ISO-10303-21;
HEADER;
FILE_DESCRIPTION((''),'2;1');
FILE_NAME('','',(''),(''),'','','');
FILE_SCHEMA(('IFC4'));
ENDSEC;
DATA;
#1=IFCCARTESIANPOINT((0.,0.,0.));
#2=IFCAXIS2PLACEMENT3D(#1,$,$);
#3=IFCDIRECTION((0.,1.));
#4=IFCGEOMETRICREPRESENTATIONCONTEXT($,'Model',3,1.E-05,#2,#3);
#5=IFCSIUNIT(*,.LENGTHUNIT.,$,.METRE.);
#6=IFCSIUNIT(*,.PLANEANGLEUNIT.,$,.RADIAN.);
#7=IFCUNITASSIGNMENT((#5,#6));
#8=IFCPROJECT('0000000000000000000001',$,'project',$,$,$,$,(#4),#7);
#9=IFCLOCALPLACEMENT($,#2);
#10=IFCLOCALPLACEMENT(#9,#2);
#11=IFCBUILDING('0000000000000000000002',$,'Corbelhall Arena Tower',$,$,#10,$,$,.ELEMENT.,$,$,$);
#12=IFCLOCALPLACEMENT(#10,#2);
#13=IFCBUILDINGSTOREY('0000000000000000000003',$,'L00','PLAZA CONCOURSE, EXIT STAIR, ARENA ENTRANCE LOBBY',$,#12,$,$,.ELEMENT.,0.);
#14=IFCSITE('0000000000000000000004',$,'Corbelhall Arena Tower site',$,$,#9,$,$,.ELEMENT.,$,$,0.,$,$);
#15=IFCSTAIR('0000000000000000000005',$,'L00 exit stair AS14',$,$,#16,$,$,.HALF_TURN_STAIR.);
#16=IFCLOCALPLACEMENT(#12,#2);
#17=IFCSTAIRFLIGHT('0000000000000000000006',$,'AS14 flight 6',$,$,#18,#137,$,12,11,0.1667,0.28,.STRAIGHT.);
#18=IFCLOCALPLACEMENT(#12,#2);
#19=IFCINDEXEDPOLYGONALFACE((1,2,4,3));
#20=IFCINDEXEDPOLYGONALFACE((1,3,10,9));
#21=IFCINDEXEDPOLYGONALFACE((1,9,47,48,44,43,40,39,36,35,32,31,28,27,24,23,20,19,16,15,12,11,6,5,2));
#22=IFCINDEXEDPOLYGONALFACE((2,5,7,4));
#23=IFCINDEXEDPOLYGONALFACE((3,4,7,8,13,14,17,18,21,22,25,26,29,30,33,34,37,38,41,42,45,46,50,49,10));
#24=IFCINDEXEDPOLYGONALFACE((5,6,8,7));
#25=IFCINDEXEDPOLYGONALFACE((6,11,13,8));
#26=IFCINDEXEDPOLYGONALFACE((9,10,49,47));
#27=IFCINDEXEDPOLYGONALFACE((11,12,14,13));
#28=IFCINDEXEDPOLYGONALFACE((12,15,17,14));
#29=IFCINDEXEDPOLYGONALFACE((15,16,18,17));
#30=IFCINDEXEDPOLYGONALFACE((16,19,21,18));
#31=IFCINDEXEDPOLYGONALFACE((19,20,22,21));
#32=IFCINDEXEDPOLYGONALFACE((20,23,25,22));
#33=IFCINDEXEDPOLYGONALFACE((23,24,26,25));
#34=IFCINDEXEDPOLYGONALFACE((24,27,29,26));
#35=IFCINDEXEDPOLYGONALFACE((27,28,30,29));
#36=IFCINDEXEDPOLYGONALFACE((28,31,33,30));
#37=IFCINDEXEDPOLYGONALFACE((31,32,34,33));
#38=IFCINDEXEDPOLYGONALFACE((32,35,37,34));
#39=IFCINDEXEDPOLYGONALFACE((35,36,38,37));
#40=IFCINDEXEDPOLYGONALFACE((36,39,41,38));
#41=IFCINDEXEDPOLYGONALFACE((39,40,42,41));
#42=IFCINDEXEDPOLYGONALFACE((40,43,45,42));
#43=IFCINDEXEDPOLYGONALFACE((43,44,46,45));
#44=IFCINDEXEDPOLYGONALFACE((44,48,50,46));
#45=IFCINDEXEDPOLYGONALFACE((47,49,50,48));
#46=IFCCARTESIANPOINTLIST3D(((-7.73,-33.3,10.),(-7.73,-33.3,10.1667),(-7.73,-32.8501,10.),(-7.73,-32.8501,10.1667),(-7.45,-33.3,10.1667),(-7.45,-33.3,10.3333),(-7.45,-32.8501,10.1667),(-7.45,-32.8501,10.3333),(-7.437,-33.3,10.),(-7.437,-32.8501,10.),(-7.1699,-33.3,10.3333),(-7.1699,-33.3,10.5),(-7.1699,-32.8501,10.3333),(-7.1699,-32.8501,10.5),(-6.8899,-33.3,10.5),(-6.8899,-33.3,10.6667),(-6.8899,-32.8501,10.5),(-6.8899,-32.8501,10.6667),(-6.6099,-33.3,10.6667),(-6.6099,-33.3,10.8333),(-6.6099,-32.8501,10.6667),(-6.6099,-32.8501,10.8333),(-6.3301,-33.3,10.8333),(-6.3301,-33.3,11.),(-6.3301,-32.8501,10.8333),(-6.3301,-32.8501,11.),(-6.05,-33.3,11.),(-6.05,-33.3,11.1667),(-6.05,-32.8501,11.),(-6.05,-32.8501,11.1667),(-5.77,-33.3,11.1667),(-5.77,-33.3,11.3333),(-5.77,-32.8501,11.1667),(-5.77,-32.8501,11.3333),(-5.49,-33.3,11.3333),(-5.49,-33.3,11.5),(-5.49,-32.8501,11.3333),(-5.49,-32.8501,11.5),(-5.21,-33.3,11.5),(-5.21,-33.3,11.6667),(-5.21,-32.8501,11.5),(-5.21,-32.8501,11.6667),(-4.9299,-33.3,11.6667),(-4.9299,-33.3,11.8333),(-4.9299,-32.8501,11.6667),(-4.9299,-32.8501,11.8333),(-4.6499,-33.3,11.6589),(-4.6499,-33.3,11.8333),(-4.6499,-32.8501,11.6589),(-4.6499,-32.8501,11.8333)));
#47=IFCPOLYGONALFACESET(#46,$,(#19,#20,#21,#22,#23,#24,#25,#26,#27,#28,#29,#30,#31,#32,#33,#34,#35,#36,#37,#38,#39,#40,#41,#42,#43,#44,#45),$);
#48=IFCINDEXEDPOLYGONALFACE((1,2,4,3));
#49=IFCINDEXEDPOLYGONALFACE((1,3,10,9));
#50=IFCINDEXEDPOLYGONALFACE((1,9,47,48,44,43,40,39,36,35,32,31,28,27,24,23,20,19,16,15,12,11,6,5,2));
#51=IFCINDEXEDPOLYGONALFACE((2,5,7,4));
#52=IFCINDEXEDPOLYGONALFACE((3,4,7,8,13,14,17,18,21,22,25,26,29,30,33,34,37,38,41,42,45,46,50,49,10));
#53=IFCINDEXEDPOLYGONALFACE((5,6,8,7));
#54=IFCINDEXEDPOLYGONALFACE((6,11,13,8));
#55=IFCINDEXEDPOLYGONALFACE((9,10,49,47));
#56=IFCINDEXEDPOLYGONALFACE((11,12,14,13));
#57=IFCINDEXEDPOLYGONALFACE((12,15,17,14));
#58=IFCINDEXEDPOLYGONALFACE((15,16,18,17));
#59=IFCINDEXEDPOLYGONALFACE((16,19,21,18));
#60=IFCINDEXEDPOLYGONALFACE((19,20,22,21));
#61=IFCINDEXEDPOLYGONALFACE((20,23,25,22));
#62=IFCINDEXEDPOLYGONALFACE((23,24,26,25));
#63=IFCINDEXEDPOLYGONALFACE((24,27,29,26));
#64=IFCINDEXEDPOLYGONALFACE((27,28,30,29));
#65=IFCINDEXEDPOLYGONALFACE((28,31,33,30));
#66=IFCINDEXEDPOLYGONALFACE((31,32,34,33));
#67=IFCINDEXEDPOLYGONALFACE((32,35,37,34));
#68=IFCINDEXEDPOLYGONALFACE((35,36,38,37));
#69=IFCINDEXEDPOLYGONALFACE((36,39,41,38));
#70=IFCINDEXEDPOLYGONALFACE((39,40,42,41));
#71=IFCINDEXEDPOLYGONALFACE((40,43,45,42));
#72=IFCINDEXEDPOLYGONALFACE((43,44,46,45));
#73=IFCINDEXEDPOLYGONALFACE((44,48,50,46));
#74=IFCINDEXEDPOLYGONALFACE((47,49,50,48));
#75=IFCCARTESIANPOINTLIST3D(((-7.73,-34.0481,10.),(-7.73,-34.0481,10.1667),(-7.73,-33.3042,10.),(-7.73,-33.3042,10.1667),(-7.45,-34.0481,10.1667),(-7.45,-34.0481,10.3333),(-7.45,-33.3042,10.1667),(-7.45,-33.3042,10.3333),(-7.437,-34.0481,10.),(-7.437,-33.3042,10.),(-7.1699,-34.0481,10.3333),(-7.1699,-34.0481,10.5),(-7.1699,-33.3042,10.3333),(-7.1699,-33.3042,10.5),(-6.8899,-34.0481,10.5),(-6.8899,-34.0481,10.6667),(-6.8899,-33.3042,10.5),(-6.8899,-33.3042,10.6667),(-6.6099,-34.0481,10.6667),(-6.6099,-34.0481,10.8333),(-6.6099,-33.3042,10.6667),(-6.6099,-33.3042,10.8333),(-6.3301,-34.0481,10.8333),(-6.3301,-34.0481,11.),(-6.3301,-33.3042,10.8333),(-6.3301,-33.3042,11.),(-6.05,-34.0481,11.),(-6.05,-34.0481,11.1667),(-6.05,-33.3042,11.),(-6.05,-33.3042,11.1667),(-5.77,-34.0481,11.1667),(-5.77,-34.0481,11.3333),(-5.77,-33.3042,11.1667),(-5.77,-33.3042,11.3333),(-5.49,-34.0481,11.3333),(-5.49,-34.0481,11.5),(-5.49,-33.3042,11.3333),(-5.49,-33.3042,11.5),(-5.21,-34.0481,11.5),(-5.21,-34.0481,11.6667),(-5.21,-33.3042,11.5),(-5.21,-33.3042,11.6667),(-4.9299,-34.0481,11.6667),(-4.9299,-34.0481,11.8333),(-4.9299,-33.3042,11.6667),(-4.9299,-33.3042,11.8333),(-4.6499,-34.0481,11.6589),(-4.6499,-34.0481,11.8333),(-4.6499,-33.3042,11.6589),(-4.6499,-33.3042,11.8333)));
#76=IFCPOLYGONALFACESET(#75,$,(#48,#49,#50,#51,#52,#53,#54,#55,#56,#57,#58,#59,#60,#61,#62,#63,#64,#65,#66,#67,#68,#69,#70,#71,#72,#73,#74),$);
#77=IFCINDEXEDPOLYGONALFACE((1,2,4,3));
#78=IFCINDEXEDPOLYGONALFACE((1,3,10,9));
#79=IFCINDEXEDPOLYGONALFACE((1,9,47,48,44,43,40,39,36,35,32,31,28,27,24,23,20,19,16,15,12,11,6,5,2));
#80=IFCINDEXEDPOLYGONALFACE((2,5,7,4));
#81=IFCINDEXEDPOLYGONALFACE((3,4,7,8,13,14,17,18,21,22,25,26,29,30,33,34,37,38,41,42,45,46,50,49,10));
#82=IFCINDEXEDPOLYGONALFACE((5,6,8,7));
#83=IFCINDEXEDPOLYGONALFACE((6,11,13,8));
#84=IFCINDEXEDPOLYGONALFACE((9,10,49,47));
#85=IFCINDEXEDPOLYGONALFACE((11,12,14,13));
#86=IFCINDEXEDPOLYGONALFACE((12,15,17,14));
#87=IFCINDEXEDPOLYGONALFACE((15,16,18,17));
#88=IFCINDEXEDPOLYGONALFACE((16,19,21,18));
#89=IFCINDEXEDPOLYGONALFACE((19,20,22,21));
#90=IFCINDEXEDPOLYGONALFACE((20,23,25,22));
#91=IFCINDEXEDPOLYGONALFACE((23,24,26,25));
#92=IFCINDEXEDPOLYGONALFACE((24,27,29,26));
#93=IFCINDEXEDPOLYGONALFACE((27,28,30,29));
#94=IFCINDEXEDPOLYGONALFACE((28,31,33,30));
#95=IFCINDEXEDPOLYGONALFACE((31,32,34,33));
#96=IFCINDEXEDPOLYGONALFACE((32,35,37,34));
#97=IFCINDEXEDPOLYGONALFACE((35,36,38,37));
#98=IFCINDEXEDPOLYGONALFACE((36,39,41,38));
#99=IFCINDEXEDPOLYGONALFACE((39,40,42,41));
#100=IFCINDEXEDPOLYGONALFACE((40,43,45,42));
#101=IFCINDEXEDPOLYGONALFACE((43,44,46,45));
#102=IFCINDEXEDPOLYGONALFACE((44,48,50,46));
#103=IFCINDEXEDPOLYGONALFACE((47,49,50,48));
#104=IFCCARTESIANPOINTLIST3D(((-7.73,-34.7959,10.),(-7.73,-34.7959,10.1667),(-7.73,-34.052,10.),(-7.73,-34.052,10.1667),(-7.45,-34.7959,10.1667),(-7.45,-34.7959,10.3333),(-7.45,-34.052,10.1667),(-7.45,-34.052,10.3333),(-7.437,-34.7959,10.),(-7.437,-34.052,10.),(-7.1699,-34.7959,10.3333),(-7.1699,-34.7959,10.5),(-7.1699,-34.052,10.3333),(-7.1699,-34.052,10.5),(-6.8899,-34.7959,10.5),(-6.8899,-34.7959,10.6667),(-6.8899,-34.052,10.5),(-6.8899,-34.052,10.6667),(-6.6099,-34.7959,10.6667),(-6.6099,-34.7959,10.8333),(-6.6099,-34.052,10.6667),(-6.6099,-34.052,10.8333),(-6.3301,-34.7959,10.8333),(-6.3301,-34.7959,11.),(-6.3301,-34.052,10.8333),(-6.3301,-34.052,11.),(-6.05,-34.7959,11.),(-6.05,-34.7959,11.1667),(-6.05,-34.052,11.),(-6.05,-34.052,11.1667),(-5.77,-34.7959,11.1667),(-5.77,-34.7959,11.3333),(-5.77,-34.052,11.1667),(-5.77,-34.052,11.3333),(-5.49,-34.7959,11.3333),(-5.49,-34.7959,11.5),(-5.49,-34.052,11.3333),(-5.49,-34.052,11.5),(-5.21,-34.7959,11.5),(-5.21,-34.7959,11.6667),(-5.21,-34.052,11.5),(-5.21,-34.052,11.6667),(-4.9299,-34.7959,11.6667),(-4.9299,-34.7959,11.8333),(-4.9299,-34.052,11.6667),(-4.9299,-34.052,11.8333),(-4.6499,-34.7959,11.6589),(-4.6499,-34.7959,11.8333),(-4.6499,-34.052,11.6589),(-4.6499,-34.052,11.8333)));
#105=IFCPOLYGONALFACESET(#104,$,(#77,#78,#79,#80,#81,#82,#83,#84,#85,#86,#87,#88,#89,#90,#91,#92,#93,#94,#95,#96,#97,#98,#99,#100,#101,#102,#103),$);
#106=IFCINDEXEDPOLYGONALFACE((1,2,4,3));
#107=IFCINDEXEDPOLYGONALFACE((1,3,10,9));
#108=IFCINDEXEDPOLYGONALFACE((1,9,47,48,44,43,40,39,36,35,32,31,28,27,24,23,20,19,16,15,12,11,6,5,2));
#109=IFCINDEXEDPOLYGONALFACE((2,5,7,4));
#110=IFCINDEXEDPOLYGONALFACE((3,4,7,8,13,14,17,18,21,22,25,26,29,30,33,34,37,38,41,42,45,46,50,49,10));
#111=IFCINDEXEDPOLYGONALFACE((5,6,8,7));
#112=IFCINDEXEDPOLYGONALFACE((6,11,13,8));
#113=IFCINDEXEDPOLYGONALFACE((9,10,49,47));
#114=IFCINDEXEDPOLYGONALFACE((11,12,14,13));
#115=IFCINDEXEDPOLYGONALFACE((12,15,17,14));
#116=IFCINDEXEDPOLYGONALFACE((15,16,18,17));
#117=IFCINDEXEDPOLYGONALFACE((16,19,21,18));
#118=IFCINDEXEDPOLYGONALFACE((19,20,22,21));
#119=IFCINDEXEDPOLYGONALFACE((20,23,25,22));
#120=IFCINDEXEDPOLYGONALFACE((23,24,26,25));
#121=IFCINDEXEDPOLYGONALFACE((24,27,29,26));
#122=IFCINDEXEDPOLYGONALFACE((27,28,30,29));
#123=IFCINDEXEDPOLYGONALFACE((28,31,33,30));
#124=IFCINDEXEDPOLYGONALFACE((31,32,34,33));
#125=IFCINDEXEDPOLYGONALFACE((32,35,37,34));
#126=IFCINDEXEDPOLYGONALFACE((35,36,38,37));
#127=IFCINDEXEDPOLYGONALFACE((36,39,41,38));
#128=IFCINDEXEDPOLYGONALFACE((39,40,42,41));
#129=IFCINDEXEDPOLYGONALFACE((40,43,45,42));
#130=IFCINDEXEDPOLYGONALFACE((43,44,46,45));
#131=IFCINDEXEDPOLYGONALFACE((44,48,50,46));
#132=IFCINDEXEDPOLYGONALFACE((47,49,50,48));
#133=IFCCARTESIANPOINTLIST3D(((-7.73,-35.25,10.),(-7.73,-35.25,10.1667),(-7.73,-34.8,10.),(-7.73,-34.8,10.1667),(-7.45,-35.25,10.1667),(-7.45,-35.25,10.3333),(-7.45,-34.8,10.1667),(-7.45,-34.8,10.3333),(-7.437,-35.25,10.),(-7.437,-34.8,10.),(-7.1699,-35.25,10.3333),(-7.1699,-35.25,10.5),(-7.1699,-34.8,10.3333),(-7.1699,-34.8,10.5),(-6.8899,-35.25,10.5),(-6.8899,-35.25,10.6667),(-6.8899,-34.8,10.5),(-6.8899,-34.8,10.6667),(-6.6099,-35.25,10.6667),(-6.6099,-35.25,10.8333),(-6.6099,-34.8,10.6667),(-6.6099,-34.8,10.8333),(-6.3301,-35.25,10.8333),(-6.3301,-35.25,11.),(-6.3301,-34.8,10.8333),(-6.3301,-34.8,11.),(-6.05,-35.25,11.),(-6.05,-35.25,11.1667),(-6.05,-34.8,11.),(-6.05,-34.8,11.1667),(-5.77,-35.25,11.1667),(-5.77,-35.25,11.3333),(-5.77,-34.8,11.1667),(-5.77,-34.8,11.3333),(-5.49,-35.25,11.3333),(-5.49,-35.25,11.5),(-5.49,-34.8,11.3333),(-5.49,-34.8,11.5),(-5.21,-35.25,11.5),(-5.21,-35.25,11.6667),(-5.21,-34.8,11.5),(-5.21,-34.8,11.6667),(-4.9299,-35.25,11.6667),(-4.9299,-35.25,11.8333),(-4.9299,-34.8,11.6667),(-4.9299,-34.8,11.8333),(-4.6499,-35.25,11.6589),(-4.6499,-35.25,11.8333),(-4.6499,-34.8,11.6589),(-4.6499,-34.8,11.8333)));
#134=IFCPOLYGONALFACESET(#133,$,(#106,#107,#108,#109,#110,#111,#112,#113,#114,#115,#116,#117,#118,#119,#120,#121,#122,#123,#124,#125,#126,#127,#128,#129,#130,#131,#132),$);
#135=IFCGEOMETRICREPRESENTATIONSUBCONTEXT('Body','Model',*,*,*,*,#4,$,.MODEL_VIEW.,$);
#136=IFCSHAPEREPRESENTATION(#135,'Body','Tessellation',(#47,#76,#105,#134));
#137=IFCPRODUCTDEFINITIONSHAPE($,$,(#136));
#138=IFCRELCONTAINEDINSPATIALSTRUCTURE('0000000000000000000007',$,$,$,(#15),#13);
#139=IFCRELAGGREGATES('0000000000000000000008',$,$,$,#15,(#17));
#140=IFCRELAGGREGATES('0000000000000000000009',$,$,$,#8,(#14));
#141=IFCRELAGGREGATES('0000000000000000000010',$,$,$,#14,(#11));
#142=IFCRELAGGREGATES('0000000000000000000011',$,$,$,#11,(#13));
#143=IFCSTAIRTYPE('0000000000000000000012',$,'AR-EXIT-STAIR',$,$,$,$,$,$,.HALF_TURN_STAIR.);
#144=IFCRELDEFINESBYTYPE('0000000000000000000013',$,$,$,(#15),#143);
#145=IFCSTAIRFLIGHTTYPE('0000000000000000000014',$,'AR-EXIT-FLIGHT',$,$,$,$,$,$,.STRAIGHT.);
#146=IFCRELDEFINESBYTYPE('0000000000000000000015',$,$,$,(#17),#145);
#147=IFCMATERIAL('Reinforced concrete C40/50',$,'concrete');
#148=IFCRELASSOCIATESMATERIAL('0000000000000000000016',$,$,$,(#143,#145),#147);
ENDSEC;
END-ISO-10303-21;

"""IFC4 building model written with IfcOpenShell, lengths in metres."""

from ifc_helpers import new_model, si_unit, direction, frame, origin, place, context, subcontext, project, spatial, polyline, outline, extrude, material, type_object, element, aggregate, save


model = new_model("IFC4")

# Units and contexts
model_context = context("Model", 3, precision=1e-05, world=origin(), true_north=direction((0.0, 1.0)))
body_context = subcontext(model_context, "Body", "Model", "MODEL_VIEW")
ifc_project = project(units=[si_unit("LENGTHUNIT", "METRE"), si_unit("PLANEANGLEUNIT", "RADIAN")], contexts=[model_context])

# Site, building, storey
site_placement = place(None, origin())
site = spatial("IfcSite", under=ifc_project, at=site_placement, Name="Corbelhall Arena Tower site", CompositionType="ELEMENT", RefElevation=0.0)
building_placement = place(site_placement, origin())
building = spatial("IfcBuilding", under=site, at=building_placement, Name="Corbelhall Arena Tower", CompositionType="ELEMENT")
storey_placement = place(building_placement, origin())
storey = spatial("IfcBuildingStorey", under=building, at=storey_placement, Name="L00", Description="PLAZA CONCOURSE, EXIT STAIR, ARENA ENTRANCE LOBBY", CompositionType="ELEMENT", Elevation=0.0)

# Shared definitions
ifc_material_1 = material(Name="Reinforced concrete C40/50", Category="concrete")

# Stair, stair flight
stair_type = type_object("IfcStairType", Name="AR-EXIT-STAIR", PredefinedType="HALF_TURN_STAIR", material=ifc_material_1)
stair_placement = place(storey_placement, origin())
stair = element("IfcStair", 1, at=stair_placement, inside=storey, type_object=stair_type, Name="L00 exit stair AS14", PredefinedType="HALF_TURN_STAIR")
stair_flight_type = type_object("IfcStairFlightType", Name="AR-EXIT-FLIGHT", PredefinedType="STRAIGHT", material=ifc_material_1)
stair_flight_1_placement = place(storey_placement, frame((-7.73, -34.05, 10.0), z_axis=(0.0, 0.0, 1.0), x_axis=(1.0, 0.0, 0.0)))
stair_flight_1 = element("IfcStairFlight", 2, at=stair_flight_1_placement, type_object=stair_flight_type, Name="AS14 flight 6", NumberOfRisers=12, NumberOfTreads=11, PredefinedType="STRAIGHT", RiserHeight=0.1667, TreadLength=0.28, context=body_context, shape_type="SweptSolid", body=[
    extrude(outline(polyline([(0.0, 0.0), (0.0, 0.1667), (0.28, 0.1667), (0.28, 0.3333), (0.5601, 0.3333), (0.5601, 0.5), (0.8401, 0.5), (0.8401, 0.6667), (1.1201, 0.6667), (1.1201, 0.8333), (1.3999, 0.8333), (1.3999, 1.0), (1.6799, 1.0), (1.6799, 1.1667), (1.96, 1.1667), (1.96, 1.3333), (2.24, 1.3333), (2.24, 1.5), (2.52, 1.5), (2.52, 1.6667), (2.8, 1.6667), (2.8, 1.8333), (3.0801, 1.8333), (3.0801, 2.0), (3.0801, 1.6589), (0.293, 0.0), (0.0, 0.0)])), frame((0.0, 1.2, 0.0), z_axis=(0.0, -1.0, 0.0), x_axis=(1.0, 0.0, 0.0)), (0.0, 0.0, 1.0), 0.45),
    extrude(outline(polyline([(0.0, 0.0), (0.0, 0.1667), (0.28, 0.1667), (0.28, 0.3333), (0.5601, 0.3333), (0.5601, 0.5), (0.8401, 0.5), (0.8401, 0.6667), (1.1201, 0.6667), (1.1201, 0.8333), (1.3999, 0.8333), (1.3999, 1.0), (1.6799, 1.0), (1.6799, 1.1667), (1.96, 1.1667), (1.96, 1.3333), (2.24, 1.3333), (2.24, 1.5), (2.52, 1.5), (2.52, 1.6667), (2.8, 1.6667), (2.8, 1.8333), (3.0801, 1.8333), (3.0801, 2.0), (3.0801, 1.6589), (0.293, 0.0), (0.0, 0.0)])), frame((0.0, 0.7458, 0.0), z_axis=(0.0, -1.0, 0.0), x_axis=(1.0, 0.0, 0.0)), (0.0, 0.0, 1.0), 0.7439),
    extrude(outline(polyline([(0.0, 0.0), (0.0, 0.1667), (0.28, 0.1667), (0.28, 0.3333), (0.5601, 0.3333), (0.5601, 0.5), (0.8401, 0.5), (0.8401, 0.6667), (1.1201, 0.6667), (1.1201, 0.8333), (1.3999, 0.8333), (1.3999, 1.0), (1.6799, 1.0), (1.6799, 1.1667), (1.96, 1.1667), (1.96, 1.3333), (2.24, 1.3333), (2.24, 1.5), (2.52, 1.5), (2.52, 1.6667), (2.8, 1.6667), (2.8, 1.8333), (3.0801, 1.8333), (3.0801, 2.0), (3.0801, 1.6589), (0.293, 0.0), (0.0, 0.0)])), frame((0.0, -0.002, 0.0), z_axis=(0.0, -1.0, 0.0), x_axis=(1.0, 0.0, 0.0)), (0.0, 0.0, 1.0), 0.7439),
    extrude(outline(polyline([(0.0, 0.0), (0.0, 0.1667), (0.28, 0.1667), (0.28, 0.3333), (0.5601, 0.3333), (0.5601, 0.5), (0.8401, 0.5), (0.8401, 0.6667), (1.1201, 0.6667), (1.1201, 0.8333), (1.3999, 0.8333), (1.3999, 1.0), (1.6799, 1.0), (1.6799, 1.1667), (1.96, 1.1667), (1.96, 1.3333), (2.24, 1.3333), (2.24, 1.5), (2.52, 1.5), (2.52, 1.6667), (2.8, 1.6667), (2.8, 1.8333), (3.0801, 1.8333), (3.0801, 2.0), (3.0801, 1.6589), (0.293, 0.0), (0.0, 0.0)])), frame((0.0, -0.75, 0.0), z_axis=(0.0, -1.0, 0.0), x_axis=(1.0, 0.0, 0.0)), (0.0, 0.0, 1.0), 0.45),
])
aggregate(stair, [stair_flight_1])

save(model, "model.ifc")
